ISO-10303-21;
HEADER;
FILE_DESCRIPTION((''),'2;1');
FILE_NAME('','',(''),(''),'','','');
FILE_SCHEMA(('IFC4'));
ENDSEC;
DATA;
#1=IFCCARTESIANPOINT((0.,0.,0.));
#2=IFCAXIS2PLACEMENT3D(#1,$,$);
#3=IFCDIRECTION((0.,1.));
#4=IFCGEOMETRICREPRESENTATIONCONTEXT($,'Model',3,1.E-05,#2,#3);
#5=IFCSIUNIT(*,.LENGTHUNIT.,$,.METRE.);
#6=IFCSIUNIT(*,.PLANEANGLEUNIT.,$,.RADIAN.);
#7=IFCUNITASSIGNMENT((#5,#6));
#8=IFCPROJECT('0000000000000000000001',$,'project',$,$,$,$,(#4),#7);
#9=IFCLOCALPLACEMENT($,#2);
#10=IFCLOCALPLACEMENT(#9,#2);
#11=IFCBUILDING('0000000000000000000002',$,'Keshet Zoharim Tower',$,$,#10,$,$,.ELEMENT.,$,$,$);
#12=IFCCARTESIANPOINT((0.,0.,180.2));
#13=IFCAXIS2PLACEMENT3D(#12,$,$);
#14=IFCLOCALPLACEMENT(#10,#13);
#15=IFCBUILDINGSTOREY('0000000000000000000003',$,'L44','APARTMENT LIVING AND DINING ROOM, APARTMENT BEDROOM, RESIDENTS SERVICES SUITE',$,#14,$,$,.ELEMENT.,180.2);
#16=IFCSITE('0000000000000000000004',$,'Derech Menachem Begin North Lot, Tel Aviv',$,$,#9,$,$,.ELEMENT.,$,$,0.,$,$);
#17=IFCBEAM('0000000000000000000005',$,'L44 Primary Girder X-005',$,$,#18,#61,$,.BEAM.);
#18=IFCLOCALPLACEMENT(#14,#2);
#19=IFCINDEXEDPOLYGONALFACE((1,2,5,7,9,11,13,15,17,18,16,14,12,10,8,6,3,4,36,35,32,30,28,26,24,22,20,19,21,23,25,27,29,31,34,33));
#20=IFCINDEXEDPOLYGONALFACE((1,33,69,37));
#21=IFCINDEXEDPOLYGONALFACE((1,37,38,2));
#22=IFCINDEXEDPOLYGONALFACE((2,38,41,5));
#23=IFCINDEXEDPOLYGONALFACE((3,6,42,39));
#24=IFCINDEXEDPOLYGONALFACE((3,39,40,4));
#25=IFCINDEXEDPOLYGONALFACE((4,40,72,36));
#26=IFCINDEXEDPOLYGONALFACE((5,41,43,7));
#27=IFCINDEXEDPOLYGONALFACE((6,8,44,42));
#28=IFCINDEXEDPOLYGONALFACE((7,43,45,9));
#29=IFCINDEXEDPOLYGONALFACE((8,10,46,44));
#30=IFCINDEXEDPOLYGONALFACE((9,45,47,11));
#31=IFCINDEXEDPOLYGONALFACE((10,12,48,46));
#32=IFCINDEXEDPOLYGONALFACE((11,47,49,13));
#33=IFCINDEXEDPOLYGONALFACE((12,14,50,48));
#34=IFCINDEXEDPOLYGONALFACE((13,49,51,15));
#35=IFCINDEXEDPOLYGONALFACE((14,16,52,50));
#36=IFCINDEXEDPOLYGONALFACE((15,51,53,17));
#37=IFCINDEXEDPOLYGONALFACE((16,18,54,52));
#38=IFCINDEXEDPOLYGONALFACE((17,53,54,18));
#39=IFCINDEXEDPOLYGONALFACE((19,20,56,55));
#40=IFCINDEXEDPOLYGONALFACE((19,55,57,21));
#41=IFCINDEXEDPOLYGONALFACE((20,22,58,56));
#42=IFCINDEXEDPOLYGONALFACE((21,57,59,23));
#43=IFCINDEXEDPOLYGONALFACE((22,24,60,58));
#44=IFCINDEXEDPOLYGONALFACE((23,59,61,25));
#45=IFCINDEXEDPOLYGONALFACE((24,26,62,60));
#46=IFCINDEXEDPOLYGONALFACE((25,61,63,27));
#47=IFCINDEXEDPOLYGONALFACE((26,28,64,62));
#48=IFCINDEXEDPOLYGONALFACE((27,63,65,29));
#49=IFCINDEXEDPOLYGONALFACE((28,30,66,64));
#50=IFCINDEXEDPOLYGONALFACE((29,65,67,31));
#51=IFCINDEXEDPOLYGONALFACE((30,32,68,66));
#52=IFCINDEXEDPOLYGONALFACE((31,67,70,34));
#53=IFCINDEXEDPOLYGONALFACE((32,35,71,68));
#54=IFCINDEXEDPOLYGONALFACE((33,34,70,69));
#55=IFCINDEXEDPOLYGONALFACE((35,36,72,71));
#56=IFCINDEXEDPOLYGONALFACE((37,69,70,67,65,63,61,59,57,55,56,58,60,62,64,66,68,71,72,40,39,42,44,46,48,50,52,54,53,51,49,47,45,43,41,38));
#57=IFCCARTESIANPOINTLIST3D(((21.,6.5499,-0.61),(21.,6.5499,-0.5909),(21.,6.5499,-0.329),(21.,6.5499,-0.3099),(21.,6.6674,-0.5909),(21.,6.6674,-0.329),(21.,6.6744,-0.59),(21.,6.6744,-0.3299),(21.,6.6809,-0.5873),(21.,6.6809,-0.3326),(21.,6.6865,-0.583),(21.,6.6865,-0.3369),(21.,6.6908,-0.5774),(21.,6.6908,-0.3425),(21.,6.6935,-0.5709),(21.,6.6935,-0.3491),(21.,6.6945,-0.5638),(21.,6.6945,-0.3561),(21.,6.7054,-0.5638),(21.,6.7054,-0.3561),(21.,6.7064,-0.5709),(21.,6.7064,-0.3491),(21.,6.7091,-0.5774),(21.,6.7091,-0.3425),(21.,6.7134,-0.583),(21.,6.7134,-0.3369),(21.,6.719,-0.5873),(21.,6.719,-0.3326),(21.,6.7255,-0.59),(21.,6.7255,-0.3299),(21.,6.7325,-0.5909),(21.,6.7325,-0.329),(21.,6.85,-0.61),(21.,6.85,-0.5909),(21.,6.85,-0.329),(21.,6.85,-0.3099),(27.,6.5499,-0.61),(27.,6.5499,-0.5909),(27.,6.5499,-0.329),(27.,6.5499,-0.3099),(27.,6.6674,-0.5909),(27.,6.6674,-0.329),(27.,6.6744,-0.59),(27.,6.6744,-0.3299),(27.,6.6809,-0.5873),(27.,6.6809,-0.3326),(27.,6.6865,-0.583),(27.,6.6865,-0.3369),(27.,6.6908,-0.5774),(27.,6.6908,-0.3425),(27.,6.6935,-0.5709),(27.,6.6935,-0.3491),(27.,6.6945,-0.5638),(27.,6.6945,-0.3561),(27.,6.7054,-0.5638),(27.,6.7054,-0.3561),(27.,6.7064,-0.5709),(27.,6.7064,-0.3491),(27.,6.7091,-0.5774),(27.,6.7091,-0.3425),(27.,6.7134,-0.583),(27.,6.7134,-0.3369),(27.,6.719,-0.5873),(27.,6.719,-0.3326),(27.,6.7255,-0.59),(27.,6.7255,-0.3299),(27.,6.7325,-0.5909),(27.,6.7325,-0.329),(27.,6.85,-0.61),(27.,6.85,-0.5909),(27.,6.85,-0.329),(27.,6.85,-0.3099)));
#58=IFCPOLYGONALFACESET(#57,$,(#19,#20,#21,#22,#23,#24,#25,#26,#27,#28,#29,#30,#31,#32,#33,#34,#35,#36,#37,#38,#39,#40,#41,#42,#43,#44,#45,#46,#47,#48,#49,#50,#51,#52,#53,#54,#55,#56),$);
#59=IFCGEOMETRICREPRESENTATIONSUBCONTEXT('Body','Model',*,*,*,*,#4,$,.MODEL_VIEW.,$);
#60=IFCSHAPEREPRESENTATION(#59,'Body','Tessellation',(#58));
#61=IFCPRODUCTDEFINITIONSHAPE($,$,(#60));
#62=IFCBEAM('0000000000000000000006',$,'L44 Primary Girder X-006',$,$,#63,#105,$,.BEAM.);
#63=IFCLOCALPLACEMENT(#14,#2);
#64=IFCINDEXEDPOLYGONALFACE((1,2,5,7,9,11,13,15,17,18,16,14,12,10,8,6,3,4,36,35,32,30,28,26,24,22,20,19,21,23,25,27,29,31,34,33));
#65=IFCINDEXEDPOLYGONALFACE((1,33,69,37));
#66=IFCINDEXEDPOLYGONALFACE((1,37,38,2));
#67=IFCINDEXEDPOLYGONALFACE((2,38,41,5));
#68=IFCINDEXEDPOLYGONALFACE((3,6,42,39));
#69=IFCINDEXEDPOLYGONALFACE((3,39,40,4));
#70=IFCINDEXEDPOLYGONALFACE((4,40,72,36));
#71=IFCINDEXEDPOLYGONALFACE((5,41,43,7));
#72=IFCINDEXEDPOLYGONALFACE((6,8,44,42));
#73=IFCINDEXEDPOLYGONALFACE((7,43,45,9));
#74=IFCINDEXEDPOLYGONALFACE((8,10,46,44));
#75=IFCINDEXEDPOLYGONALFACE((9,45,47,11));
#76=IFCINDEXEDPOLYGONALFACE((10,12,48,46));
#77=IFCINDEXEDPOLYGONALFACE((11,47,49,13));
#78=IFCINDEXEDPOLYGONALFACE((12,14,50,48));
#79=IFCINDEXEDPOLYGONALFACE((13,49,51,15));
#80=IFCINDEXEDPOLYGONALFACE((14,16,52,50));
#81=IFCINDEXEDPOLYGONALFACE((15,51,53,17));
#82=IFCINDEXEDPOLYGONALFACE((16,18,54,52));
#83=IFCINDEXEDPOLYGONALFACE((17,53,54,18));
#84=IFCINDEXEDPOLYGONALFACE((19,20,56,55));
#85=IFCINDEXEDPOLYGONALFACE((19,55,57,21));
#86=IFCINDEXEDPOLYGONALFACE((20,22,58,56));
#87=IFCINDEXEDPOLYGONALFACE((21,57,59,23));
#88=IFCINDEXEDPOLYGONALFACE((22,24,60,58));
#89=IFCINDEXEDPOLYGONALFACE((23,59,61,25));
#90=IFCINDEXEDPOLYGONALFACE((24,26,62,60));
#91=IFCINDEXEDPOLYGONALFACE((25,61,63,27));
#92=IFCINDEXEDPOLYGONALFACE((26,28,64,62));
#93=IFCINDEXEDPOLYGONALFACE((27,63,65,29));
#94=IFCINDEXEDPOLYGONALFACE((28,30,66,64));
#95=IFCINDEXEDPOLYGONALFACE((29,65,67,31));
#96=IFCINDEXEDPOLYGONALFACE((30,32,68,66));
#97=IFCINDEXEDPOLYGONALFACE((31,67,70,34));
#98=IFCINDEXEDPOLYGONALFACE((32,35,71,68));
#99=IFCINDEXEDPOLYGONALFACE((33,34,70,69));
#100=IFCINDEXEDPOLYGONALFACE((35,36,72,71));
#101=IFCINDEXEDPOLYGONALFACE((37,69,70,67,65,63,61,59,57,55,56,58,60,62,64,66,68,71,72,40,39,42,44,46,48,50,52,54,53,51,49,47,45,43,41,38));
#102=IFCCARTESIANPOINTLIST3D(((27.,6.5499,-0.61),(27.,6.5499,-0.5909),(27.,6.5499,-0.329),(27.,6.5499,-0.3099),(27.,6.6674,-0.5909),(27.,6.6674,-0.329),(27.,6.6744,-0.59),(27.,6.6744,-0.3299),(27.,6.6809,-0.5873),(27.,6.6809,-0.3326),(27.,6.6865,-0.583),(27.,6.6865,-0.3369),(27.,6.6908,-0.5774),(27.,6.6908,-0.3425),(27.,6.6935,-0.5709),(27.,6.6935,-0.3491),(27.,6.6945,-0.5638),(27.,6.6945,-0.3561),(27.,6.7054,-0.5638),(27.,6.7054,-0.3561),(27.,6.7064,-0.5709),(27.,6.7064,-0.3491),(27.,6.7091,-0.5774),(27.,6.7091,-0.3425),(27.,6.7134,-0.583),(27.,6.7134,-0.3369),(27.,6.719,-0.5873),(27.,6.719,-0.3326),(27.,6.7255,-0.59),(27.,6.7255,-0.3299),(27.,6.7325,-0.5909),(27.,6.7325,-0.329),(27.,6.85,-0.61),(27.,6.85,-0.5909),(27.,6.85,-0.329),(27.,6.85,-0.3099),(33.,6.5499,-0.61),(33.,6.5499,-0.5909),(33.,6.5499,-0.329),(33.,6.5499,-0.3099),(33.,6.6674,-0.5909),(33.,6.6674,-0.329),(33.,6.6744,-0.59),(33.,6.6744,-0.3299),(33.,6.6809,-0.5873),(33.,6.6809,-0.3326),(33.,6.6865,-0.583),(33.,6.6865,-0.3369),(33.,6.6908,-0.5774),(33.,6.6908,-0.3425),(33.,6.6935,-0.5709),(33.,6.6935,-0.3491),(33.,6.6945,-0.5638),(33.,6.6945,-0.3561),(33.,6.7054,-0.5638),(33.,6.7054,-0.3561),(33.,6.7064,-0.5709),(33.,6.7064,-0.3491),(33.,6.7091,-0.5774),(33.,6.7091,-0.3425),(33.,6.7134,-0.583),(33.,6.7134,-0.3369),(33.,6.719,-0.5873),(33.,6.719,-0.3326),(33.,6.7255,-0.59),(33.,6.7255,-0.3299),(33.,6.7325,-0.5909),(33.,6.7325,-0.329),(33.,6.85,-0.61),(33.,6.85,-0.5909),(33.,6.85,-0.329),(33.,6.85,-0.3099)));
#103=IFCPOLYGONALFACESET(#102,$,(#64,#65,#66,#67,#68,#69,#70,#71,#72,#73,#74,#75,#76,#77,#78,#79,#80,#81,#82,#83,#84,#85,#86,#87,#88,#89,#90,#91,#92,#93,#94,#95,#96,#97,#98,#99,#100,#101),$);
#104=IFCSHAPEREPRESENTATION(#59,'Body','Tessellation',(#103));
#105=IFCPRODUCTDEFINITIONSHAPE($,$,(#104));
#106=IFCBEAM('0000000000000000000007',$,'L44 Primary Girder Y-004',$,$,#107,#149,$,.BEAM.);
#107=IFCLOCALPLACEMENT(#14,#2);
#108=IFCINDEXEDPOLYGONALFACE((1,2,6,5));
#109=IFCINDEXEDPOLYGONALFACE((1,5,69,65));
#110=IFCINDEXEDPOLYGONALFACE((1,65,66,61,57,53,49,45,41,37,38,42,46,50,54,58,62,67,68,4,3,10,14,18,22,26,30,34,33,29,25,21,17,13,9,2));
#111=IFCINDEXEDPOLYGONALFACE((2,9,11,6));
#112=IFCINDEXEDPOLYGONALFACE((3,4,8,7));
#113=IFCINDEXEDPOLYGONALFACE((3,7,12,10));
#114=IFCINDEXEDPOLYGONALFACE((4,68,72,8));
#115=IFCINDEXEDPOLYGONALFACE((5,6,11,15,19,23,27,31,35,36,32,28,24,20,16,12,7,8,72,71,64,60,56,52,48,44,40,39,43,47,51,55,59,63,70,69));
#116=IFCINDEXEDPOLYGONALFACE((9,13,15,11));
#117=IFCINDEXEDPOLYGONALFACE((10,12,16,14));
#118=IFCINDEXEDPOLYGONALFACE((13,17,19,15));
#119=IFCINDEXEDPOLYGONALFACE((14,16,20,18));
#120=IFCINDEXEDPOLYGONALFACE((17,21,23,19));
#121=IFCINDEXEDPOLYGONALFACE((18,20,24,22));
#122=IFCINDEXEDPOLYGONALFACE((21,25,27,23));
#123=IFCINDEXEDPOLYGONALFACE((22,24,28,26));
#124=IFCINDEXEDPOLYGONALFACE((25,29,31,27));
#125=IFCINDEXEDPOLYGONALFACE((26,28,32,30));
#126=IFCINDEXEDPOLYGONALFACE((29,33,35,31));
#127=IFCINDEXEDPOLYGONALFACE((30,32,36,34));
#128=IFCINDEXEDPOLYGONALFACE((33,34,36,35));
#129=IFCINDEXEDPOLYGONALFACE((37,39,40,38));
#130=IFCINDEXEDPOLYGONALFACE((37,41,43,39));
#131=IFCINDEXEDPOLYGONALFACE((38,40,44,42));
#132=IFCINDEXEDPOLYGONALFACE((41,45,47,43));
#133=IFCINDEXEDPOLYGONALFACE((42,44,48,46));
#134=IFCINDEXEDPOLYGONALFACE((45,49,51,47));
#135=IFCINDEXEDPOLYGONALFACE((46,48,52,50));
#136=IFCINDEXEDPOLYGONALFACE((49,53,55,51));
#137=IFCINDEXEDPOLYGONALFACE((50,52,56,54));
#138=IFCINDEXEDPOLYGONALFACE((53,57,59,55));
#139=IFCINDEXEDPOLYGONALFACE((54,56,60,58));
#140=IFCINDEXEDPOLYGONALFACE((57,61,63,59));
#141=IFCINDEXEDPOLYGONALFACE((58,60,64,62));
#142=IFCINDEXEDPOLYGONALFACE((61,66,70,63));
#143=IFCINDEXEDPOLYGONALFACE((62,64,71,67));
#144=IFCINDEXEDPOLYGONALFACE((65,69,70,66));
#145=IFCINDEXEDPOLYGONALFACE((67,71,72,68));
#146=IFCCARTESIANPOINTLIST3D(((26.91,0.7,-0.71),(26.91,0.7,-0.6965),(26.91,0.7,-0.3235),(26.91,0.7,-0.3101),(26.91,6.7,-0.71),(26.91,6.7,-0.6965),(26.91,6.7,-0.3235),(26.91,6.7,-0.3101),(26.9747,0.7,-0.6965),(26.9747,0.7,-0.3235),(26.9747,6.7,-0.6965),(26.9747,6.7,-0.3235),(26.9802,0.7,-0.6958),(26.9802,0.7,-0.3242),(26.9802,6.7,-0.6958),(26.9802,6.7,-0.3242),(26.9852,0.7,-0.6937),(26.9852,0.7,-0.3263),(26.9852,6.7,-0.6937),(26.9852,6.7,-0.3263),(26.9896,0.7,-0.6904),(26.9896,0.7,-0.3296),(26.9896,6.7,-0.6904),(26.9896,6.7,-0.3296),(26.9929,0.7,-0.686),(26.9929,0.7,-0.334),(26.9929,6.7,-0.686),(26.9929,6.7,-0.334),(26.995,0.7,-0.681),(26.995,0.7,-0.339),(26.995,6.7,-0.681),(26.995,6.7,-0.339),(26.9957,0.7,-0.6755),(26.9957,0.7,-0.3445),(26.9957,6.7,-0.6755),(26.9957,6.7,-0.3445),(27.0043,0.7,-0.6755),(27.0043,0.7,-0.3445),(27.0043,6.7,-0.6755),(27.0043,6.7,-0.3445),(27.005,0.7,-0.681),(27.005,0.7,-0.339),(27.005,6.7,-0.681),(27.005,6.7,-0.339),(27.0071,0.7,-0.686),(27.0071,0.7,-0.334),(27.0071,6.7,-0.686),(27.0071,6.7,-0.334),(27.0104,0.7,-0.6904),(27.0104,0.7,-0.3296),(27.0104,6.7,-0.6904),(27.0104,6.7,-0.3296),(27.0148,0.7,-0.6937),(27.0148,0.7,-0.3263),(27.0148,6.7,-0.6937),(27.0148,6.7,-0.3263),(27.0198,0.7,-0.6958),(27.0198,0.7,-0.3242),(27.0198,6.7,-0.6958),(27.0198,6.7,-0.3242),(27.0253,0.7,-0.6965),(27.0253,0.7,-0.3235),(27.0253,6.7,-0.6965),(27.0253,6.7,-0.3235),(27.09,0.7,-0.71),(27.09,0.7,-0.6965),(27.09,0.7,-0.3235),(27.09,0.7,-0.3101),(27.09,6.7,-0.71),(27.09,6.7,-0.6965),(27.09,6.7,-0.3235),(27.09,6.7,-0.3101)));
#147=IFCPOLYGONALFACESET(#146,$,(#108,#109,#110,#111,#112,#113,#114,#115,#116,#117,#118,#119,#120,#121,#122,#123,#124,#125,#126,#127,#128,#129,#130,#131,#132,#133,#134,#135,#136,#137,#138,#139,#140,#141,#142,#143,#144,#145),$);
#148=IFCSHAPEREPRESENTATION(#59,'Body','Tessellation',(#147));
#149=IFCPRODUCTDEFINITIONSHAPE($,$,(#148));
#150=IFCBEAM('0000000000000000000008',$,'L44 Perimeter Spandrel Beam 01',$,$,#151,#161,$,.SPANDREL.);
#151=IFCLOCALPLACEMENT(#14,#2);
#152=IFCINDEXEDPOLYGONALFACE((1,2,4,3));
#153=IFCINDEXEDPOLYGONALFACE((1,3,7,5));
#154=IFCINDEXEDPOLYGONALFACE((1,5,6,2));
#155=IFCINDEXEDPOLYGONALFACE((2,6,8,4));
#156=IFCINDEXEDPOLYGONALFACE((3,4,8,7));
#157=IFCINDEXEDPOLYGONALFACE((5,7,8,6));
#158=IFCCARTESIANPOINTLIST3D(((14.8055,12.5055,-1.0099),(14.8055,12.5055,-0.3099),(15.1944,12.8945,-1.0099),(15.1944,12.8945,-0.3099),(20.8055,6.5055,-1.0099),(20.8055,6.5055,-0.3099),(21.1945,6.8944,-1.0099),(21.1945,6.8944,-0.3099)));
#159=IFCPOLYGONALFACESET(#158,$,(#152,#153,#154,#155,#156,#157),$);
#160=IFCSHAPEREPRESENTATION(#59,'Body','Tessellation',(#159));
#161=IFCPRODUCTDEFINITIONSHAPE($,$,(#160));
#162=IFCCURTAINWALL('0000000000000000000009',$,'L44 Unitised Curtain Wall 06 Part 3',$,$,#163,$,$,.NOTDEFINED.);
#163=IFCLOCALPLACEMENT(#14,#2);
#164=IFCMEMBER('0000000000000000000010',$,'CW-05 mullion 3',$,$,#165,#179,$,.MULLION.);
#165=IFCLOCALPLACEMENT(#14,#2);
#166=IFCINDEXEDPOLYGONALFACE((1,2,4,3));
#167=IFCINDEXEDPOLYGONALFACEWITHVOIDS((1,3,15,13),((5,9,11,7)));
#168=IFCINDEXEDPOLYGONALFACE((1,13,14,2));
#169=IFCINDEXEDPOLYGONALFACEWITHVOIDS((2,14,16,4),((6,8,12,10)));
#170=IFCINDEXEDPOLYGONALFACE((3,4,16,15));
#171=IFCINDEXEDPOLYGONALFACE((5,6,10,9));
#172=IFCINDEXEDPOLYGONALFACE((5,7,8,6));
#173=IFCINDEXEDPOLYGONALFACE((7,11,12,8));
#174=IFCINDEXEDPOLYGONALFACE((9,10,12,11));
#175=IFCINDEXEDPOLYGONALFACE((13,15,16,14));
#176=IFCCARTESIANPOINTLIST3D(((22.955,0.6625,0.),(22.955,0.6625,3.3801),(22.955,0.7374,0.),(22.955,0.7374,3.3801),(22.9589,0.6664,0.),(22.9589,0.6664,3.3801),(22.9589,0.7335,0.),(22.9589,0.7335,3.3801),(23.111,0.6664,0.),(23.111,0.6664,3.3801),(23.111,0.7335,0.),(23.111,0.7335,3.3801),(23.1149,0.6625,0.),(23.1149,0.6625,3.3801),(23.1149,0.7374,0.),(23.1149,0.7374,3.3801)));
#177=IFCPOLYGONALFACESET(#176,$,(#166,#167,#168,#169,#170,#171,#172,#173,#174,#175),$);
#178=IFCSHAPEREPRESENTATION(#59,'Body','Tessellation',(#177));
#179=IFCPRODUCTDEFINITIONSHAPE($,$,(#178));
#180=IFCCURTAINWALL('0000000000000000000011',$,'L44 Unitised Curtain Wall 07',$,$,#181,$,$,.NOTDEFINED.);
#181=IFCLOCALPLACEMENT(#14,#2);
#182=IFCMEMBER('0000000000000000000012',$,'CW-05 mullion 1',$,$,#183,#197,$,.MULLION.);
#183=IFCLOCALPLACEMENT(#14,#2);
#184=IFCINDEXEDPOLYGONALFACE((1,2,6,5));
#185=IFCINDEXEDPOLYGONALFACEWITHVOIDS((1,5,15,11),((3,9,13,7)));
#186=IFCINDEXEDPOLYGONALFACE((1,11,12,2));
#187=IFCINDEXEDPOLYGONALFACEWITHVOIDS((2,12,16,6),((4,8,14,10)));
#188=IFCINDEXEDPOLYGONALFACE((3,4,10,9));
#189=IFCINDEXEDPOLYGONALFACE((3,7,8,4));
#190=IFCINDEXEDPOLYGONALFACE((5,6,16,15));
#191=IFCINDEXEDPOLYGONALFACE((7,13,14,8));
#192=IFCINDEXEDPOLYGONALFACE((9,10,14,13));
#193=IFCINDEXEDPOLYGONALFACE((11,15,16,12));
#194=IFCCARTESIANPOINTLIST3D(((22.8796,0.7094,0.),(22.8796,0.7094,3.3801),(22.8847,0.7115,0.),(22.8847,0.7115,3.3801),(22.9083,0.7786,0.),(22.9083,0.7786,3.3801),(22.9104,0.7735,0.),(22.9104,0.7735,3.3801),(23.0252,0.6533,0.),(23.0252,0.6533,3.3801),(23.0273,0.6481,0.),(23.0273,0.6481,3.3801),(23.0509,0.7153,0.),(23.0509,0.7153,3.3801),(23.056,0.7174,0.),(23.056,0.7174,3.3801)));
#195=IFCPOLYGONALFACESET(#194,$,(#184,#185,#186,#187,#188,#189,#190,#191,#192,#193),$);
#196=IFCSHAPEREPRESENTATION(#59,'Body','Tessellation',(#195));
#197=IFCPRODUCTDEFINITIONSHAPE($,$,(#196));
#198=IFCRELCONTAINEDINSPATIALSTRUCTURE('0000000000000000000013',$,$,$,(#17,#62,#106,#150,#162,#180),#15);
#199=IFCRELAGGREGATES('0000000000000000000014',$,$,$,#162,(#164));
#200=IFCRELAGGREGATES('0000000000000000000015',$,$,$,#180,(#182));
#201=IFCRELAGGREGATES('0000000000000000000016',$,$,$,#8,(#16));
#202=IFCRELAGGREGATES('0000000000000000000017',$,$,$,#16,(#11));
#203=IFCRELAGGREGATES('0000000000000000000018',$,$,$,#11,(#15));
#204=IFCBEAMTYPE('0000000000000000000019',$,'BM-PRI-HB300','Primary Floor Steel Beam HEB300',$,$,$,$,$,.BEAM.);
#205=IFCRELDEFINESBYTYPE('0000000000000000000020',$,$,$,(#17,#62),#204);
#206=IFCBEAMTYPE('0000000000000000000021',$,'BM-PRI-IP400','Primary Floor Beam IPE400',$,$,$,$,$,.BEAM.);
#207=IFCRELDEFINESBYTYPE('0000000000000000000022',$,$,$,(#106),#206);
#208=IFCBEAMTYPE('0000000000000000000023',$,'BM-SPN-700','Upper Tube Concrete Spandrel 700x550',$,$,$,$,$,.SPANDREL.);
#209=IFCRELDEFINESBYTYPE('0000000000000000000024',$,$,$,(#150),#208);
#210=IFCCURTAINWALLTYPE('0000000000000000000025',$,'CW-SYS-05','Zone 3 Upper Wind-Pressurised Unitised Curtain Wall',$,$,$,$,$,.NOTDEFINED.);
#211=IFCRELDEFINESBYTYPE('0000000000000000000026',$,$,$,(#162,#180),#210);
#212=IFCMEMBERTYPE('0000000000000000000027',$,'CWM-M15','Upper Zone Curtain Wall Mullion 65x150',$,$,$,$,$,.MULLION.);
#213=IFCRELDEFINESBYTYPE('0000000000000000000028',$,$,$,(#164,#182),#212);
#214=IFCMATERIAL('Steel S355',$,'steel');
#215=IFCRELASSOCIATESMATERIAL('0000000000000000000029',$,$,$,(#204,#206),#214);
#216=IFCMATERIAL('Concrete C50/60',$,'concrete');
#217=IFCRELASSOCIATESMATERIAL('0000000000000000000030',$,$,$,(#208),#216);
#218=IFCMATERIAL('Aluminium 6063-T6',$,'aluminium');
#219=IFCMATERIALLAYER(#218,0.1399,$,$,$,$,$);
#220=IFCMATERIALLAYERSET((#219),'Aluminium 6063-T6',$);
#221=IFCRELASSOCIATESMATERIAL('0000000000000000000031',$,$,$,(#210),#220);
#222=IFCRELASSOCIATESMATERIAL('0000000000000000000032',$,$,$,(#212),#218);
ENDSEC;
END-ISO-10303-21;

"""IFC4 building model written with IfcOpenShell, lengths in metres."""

from ifc_helpers import new_model, si_unit, direction, frame, origin, origin_2d, place, context, subcontext, project, spatial, rectangle, hollow_rectangle, i_section, extrude, material, layer, layer_set, material_profile, profile_set, type_object, element, aggregate, save


model = new_model("IFC4")

# Units and contexts
model_context = context("Model", 3, precision=1e-05, world=origin(), true_north=direction((0.0, 1.0)))
body_context = subcontext(model_context, "Body", "Model", "MODEL_VIEW")
ifc_project = project(units=[si_unit("LENGTHUNIT", "METRE"), si_unit("PLANEANGLEUNIT", "RADIAN")], contexts=[model_context])

# Site, building, storey
site_placement = place(None, origin())
site = spatial("IfcSite", under=ifc_project, at=site_placement, Name="Derech Menachem Begin North Lot, Tel Aviv", CompositionType="ELEMENT", RefElevation=0.0)
building_placement = place(site_placement, origin())
building = spatial("IfcBuilding", under=site, at=building_placement, Name="Keshet Zoharim Tower", CompositionType="ELEMENT")
storey_placement = place(building_placement, frame((0.0, 0.0, 180.2)))
storey = spatial("IfcBuildingStorey", under=building, at=storey_placement, Name="L44", Description="APARTMENT LIVING AND DINING ROOM, APARTMENT BEDROOM, RESIDENTS SERVICES SUITE", CompositionType="ELEMENT", Elevation=180.2)

# Shared definitions
ifc_material_1 = material(Name="Steel S355", Category="steel")

# Beams
ifc_material_profile_1 = material_profile(ifc_material_1, i_section(OverallWidth=0.3, OverallDepth=0.3, WebThickness=0.011, FlangeThickness=0.019, FilletRadius=0.0271, at=origin_2d()), Name="HEB300")
ifc_profile_set_1 = profile_set([ifc_material_profile_1], Name="Steel S355")
beam_type_1 = type_object("IfcBeamType", Name="BM-PRI-HB300", Description="Primary Floor Steel Beam HEB300", PredefinedType="BEAM", material=ifc_profile_set_1)
for number, where, z_axis, x_axis, name in (
    (1, (21.0, 6.7, -0.46), (1.0, 0.0, 0.0), (0.0, 1.0, 0.0), "L44 Primary Girder X-005"),
    (2, (27.0, 6.7, -0.46), (1.0, 0.0, 0.0), (0.0, 1.0, 0.0), "L44 Primary Girder X-006"),
):
    element("IfcBeam", number, at=place(storey_placement, frame(where, z_axis=z_axis, x_axis=x_axis)), inside=storey, type_object=beam_type_1, Name=name, PredefinedType="BEAM", context=body_context, shape_type="SweptSolid", body=[
        extrude(i_section(OverallWidth=0.3, OverallDepth=0.3, WebThickness=0.011, FlangeThickness=0.019, FilletRadius=0.0271, at=origin_2d()), origin(), (0.0, 0.0, 1.0), 6.0),
    ])
ifc_material_profile_2 = material_profile(ifc_material_1, i_section(OverallWidth=0.1799, OverallDepth=0.3999, WebThickness=0.0085, FlangeThickness=0.0134, FilletRadius=0.021, at=origin_2d()), Name="IPE400")
ifc_profile_set_2 = profile_set([ifc_material_profile_2], Name="Steel S355")
beam_type_2 = type_object("IfcBeamType", Name="BM-PRI-IP400", Description="Primary Floor Beam IPE400", PredefinedType="BEAM", material=ifc_profile_set_2)
beam_1_placement = place(storey_placement, frame((27.0, 0.7, -0.51), z_axis=(0.0, 1.0, 0.0), x_axis=(-1.0, 0.0, 0.0)))
element("IfcBeam", 3, at=beam_1_placement, inside=storey, type_object=beam_type_2, Name="L44 Primary Girder Y-004", PredefinedType="BEAM", context=body_context, shape_type="SweptSolid", body=[
    extrude(i_section(OverallWidth=0.1799, OverallDepth=0.3999, WebThickness=0.0085, FlangeThickness=0.0134, FilletRadius=0.021, at=origin_2d()), origin(), (0.0, 0.0, 1.0), 6.0),
])
ifc_material_2 = material(Name="Concrete C50/60", Category="concrete")
ifc_material_profile_3 = material_profile(ifc_material_2, rectangle(XDim=0.55, YDim=0.7, at=origin_2d()), Name="RC700x550")
ifc_profile_set_3 = profile_set([ifc_material_profile_3], Name="Concrete C50/60")
beam_type_3 = type_object("IfcBeamType", Name="BM-SPN-700", Description="Upper Tube Concrete Spandrel 700x550", PredefinedType="SPANDREL", material=ifc_profile_set_3)
beam_2_placement = place(storey_placement, frame((21.0, 6.7, -0.6599), z_axis=(-0.707107, 0.707107, 0.0), x_axis=(-0.707107, -0.707107, 0.0)))
element("IfcBeam", 4, at=beam_2_placement, inside=storey, type_object=beam_type_3, Name="L44 Perimeter Spandrel Beam 01", PredefinedType="SPANDREL", context=body_context, shape_type="SweptSolid", body=[
    extrude(rectangle(XDim=0.55, YDim=0.7, at=origin_2d()), origin(), (0.0, 0.0, 1.0), 8.4854),
])

# Curtain wall, member
ifc_material_3 = material(Name="Aluminium 6063-T6", Category="aluminium")
ifc_layer_1 = layer(ifc_material_3, 0.1399)
ifc_layer_set_1 = layer_set([ifc_layer_1], Name="Aluminium 6063-T6")
curtain_wall_type = type_object("IfcCurtainWallType", Name="CW-SYS-05", Description="Zone 3 Upper Wind-Pressurised Unitised Curtain Wall", PredefinedType="NOTDEFINED", material=ifc_layer_set_1)
curtain_wall_1_placement = place(storey_placement, origin())
curtain_wall_1 = element("IfcCurtainWall", 5, at=curtain_wall_1_placement, inside=storey, type_object=curtain_wall_type, Name="L44 Unitised Curtain Wall 06 Part 3", PredefinedType="NOTDEFINED")
ifc_material_profile_4 = material_profile(ifc_material_3, hollow_rectangle(XDim=0.075, YDim=0.1599, WallThickness=0.0039, at=origin_2d()), Name="MUL-75x160")
ifc_profile_set_4 = profile_set([ifc_material_profile_4], Name="Aluminium 6063-T6")
member_type_1 = type_object("IfcMemberType", Name="CWM-M15", Description="Upper Zone Curtain Wall Mullion 65x150", PredefinedType="MULLION", material=ifc_profile_set_4)
member_1_placement = place(storey_placement, frame((23.0349, 0.7, 0.0), z_axis=(0.0, 0.0, 1.0), x_axis=(0.0, -1.0, 0.0)))
member_1 = element("IfcMember", 6, at=member_1_placement, type_object=member_type_1, Name="CW-05 mullion 3", PredefinedType="MULLION", context=body_context, shape_type="SweptSolid", body=[
    extrude(hollow_rectangle(XDim=0.075, YDim=0.1599, WallThickness=0.0039, at=origin_2d()), origin(), (0.0, 0.0, 1.0), 3.3801),
])
aggregate(curtain_wall_1, [member_1])

# Curtain wall, member
curtain_wall_2_placement = place(storey_placement, origin())
curtain_wall_2 = element("IfcCurtainWall", 7, at=curtain_wall_2_placement, inside=storey, type_object=curtain_wall_type, Name="L44 Unitised Curtain Wall 07", PredefinedType="NOTDEFINED")
member_2_placement = place(storey_placement, frame((22.9678, 0.7134, 0.0), z_axis=(0.0, 0.0, 1.0), x_axis=(-0.382852, -0.92381, 0.0)))
member_2 = element("IfcMember", 8, at=member_2_placement, type_object=member_type_1, Name="CW-05 mullion 1", PredefinedType="MULLION", context=body_context, shape_type="SweptSolid", body=[
    extrude(hollow_rectangle(XDim=0.075, YDim=0.1599, WallThickness=0.0039, at=origin_2d()), origin(), (0.0, 0.0, 1.0), 3.3801),
])

aggregate(curtain_wall_2, [member_2])

save(model, "model.ifc")
